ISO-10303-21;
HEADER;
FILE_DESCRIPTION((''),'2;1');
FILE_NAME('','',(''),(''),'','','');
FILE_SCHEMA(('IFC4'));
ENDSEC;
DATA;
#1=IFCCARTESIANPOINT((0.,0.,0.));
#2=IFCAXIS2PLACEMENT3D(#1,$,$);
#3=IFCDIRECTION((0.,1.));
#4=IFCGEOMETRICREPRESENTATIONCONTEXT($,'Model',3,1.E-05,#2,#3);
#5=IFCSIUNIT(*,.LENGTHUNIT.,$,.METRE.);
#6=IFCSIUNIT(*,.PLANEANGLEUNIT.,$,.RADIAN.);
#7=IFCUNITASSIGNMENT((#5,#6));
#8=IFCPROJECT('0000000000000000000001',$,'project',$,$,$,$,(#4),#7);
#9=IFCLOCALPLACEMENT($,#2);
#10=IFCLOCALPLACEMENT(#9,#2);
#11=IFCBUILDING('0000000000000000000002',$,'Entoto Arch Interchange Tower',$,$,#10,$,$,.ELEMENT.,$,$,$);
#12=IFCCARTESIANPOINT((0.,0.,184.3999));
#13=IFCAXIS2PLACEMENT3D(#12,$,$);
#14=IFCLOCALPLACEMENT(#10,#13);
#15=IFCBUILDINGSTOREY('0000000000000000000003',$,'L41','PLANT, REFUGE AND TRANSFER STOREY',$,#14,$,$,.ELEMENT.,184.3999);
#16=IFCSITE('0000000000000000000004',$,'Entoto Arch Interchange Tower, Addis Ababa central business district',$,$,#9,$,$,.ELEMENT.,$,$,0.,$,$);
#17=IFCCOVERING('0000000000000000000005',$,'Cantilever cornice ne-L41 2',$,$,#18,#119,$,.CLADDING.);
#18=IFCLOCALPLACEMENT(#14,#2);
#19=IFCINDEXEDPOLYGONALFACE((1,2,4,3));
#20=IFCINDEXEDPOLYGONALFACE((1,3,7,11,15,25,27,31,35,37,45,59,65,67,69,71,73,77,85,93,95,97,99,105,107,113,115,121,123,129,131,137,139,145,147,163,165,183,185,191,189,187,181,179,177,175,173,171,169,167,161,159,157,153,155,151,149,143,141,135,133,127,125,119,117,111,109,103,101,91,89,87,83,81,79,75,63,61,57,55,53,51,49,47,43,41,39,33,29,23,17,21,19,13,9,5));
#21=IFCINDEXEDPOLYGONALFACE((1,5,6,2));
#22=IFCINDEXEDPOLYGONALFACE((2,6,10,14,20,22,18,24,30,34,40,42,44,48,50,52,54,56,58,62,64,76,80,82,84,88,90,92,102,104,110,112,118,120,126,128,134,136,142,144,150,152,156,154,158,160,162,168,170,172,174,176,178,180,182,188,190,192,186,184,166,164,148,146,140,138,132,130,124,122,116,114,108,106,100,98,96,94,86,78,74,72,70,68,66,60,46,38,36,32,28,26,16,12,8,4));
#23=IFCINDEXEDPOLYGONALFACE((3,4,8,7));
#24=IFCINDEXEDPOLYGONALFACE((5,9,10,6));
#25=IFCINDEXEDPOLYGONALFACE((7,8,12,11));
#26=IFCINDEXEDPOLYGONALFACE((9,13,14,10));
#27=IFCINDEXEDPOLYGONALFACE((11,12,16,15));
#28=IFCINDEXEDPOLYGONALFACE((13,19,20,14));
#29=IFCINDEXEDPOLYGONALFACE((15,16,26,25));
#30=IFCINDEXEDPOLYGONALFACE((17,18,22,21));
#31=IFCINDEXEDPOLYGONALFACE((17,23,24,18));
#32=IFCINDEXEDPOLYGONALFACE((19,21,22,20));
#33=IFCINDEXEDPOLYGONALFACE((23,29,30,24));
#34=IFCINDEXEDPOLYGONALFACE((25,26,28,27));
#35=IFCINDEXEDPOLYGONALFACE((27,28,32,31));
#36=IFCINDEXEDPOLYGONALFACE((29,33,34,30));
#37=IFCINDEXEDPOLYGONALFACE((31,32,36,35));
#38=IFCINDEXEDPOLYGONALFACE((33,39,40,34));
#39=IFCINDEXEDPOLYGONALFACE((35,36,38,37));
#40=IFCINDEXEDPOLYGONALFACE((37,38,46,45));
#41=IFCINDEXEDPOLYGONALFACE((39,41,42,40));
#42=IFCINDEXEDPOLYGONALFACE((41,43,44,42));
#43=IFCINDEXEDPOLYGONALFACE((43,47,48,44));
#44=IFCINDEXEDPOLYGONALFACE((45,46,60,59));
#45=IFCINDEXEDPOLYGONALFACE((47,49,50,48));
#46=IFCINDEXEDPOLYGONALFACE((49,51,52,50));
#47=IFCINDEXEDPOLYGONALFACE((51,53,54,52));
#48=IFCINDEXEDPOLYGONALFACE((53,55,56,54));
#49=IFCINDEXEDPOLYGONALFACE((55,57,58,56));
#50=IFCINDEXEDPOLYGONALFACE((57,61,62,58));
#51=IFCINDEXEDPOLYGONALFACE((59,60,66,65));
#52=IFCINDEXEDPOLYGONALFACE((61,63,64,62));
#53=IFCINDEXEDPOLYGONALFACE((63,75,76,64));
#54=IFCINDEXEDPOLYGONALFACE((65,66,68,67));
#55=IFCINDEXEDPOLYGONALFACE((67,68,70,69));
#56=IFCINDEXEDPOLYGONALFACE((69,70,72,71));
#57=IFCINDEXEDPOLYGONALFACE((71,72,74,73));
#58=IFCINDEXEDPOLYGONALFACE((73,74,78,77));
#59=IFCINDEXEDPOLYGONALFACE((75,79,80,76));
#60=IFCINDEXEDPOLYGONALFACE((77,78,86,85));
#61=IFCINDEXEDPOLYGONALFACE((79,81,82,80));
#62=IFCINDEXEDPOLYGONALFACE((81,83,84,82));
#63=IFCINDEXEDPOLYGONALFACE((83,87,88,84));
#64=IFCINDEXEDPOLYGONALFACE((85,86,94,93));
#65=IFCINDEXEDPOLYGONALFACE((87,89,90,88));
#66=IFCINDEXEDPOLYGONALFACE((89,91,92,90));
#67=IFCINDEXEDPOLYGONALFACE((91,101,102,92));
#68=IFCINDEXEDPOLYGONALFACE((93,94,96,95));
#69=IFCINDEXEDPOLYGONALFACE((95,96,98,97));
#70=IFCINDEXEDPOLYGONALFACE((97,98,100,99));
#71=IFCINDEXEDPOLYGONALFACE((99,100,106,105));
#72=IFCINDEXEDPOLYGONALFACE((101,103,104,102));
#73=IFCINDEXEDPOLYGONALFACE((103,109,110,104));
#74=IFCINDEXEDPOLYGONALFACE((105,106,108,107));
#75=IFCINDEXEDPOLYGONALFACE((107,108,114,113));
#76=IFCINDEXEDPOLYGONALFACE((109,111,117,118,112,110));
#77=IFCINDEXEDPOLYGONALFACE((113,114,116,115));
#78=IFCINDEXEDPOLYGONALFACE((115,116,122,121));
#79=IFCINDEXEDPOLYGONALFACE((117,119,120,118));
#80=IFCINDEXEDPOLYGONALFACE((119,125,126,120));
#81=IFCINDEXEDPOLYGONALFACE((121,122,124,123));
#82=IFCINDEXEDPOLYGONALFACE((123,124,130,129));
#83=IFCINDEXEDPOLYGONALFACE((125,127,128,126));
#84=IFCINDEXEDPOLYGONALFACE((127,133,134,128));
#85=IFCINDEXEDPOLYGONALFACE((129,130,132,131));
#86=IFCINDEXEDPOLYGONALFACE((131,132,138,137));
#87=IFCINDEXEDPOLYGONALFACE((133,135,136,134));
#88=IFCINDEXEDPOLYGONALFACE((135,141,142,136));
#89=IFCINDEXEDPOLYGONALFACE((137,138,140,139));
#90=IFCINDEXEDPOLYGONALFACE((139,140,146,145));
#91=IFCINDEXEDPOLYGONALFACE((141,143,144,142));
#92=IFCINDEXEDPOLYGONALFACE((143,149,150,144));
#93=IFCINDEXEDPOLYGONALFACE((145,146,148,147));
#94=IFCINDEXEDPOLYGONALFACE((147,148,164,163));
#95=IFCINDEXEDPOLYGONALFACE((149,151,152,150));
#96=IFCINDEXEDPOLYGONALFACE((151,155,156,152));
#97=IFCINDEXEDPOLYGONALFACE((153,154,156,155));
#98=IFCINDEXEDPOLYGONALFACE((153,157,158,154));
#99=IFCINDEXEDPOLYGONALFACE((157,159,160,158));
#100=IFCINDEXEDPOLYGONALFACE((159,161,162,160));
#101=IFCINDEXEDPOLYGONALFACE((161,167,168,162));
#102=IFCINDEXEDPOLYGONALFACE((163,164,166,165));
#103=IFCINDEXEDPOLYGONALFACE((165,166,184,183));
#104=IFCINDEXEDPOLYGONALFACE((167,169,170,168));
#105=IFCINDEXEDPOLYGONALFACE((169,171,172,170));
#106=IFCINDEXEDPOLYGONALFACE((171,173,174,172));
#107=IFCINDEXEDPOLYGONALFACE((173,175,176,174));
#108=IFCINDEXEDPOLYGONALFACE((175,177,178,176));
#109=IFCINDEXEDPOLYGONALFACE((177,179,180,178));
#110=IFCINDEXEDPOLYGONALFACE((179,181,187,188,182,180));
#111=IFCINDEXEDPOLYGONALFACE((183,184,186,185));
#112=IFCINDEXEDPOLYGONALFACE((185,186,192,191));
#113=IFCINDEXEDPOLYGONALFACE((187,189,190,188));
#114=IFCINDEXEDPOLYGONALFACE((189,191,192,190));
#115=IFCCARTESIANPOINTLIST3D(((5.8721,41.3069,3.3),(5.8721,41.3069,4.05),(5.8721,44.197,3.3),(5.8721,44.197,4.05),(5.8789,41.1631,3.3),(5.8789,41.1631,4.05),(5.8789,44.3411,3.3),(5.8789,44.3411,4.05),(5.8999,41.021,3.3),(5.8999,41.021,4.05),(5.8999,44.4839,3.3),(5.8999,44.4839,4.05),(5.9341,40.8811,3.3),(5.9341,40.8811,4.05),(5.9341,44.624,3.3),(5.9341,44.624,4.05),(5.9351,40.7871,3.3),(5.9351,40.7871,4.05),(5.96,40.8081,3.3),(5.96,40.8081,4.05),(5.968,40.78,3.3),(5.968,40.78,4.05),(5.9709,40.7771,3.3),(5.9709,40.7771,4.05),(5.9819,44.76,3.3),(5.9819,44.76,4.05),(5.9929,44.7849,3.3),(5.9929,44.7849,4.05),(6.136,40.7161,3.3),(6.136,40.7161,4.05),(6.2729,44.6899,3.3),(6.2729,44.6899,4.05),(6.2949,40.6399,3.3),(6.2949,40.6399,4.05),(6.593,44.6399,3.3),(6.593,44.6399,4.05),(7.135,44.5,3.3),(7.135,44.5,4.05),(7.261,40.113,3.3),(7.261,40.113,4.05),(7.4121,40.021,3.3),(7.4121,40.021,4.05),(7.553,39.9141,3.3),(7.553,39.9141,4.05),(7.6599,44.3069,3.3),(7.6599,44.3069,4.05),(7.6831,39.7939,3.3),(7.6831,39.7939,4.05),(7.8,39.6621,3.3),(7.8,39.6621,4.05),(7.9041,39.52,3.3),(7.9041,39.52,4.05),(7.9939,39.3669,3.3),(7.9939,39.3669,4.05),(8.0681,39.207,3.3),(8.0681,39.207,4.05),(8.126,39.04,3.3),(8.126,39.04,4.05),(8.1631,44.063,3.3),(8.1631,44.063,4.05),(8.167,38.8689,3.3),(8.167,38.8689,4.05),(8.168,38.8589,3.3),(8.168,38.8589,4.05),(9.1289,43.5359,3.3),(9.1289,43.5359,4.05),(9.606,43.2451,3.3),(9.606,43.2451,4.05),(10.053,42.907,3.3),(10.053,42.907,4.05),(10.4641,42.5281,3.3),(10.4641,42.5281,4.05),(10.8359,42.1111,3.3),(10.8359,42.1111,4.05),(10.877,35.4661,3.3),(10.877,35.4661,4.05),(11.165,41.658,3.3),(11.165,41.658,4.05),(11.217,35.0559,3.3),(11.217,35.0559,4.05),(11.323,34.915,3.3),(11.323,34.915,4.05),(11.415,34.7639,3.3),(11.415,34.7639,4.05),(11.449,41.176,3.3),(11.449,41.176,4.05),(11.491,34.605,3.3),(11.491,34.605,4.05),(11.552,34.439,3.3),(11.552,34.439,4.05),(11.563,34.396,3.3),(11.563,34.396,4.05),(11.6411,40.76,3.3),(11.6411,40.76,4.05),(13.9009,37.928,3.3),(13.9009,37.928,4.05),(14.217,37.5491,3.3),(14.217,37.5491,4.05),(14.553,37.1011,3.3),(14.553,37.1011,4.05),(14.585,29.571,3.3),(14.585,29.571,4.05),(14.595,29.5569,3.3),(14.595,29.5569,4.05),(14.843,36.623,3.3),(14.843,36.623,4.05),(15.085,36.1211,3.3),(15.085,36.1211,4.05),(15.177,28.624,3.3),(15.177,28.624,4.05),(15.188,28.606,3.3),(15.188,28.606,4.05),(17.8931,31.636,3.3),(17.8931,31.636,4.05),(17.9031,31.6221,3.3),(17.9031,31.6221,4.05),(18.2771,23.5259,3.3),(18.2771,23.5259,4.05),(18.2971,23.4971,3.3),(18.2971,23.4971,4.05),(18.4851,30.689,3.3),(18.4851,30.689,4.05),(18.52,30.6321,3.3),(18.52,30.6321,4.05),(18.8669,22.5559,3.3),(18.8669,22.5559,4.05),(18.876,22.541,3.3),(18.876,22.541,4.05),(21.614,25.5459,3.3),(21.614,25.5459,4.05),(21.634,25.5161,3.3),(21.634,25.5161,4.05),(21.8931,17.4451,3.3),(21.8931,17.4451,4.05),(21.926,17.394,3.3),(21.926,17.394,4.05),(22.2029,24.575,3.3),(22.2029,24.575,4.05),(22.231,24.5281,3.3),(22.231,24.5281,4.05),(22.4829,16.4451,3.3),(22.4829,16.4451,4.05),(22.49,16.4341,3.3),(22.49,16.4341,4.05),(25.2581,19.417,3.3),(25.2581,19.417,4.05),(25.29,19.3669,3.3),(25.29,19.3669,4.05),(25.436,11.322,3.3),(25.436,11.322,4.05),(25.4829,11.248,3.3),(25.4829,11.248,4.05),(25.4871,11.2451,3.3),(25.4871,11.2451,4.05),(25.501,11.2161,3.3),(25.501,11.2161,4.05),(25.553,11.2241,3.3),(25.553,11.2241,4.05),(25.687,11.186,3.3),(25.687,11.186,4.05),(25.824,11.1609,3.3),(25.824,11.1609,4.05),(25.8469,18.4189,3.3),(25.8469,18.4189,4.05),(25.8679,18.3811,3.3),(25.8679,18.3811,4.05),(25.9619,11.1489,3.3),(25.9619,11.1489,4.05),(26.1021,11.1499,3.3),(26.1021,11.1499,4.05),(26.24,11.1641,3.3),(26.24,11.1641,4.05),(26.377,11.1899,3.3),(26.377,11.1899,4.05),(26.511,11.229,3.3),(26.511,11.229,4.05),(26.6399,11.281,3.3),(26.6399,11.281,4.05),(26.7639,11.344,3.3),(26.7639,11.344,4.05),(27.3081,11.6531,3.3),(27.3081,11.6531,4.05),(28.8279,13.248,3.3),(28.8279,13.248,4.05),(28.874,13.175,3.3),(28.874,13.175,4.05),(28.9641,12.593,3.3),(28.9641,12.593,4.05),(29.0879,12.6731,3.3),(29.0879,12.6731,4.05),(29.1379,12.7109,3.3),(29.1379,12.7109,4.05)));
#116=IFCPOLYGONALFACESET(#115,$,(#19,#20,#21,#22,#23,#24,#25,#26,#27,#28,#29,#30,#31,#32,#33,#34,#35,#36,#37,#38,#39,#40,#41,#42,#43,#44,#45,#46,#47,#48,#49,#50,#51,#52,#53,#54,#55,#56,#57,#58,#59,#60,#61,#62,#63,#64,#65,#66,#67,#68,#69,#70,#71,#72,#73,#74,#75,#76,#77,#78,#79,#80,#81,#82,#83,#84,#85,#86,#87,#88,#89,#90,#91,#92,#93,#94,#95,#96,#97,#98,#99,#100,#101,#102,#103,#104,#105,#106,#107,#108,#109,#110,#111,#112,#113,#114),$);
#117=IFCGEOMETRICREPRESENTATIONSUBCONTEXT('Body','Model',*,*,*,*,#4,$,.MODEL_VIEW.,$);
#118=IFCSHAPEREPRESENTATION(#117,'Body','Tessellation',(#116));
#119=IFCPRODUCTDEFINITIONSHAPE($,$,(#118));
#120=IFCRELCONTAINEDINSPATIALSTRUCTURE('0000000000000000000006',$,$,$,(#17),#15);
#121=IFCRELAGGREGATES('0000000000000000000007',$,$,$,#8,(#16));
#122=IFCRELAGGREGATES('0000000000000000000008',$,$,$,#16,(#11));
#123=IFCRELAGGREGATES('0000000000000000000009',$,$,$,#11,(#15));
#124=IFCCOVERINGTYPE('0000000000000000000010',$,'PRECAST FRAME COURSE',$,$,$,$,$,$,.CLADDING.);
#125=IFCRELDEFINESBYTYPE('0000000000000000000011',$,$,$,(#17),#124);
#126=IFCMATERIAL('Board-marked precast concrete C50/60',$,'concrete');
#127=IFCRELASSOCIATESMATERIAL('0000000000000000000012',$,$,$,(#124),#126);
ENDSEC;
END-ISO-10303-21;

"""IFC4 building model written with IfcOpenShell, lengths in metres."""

from ifc_helpers import new_model, si_unit, direction, frame, origin, place, context, subcontext, project, spatial, polyline, outline, extrude, material, type_object, element, save


model = new_model("IFC4")

# Units and contexts
model_context = context("Model", 3, precision=1e-05, world=origin(), true_north=direction((0.0, 1.0)))
body_context = subcontext(model_context, "Body", "Model", "MODEL_VIEW")
ifc_project = project(units=[si_unit("LENGTHUNIT", "METRE"), si_unit("PLANEANGLEUNIT", "RADIAN")], contexts=[model_context])

# Site, building, storey
site_placement = place(None, origin())
site = spatial("IfcSite", under=ifc_project, at=site_placement, Name="Entoto Arch Interchange Tower, Addis Ababa central business district", CompositionType="ELEMENT", RefElevation=0.0)
building_placement = place(site_placement, origin())
building = spatial("IfcBuilding", under=site, at=building_placement, Name="Entoto Arch Interchange Tower", CompositionType="ELEMENT")
storey_placement = place(building_placement, frame((0.0, 0.0, 184.3999)))
storey = spatial("IfcBuildingStorey", under=building, at=storey_placement, Name="L41", Description="PLANT, REFUGE AND TRANSFER STOREY", CompositionType="ELEMENT", Elevation=184.3999)

# Covering
ifc_material_1 = material(Name="Board-marked precast concrete C50/60", Category="concrete")
covering_type_1 = type_object("IfcCoveringType", Name="PRECAST FRAME COURSE", PredefinedType="CLADDING", material=ifc_material_1)
covering_1_placement = place(storey_placement, frame((0.0, 0.0, 3.3)))
element("IfcCovering", 1, at=covering_1_placement, inside=storey, type_object=covering_type_1, Name="Cantilever cornice ne-L41 2", PredefinedType="CLADDING", context=body_context, shape_type="SweptSolid", body=[
    extrude(outline(polyline([(5.9341, 40.8811), (5.8999, 41.021), (5.8789, 41.1631), (5.8721, 41.3069), (5.8721, 44.197), (5.8789, 44.3411), (5.8999, 44.4839), (5.9341, 44.624), (5.9819, 44.76), (5.9929, 44.7849), (6.2729, 44.6899), (6.593, 44.6399), (7.135, 44.5), (7.6599, 44.3069), (8.1631, 44.063), (9.1289, 43.5359), (9.606, 43.2451), (10.053, 42.907), (10.4641, 42.5281), (10.8359, 42.1111), (11.165, 41.658), (11.449, 41.176), (11.6411, 40.76), (13.9009, 37.928), (14.217, 37.5491), (14.553, 37.1011), (14.843, 36.623), (15.085, 36.1211), (17.8931, 31.636), (17.9031, 31.6221), (18.4851, 30.689), (18.52, 30.6321), (21.614, 25.5459), (21.634, 25.5161), (22.2029, 24.575), (22.231, 24.5281), (25.2581, 19.417), (25.29, 19.3669), (25.8469, 18.4189), (25.8679, 18.3811), (28.8279, 13.248), (28.874, 13.175), (29.1379, 12.7109), (29.0879, 12.6731), (28.9641, 12.593), (27.3081, 11.6531), (26.7639, 11.344), (26.6399, 11.281), (26.511, 11.229), (26.377, 11.1899), (26.24, 11.1641), (26.1021, 11.1499), (25.9619, 11.1489), (25.824, 11.1609), (25.687, 11.186), (25.553, 11.2241), (25.4871, 11.2451), (25.501, 11.2161), (25.4829, 11.248), (25.436, 11.322), (22.49, 16.4341), (22.4829, 16.4451), (21.926, 17.394), (21.8931, 17.4451), (18.876, 22.541), (18.8669, 22.5559), (18.2971, 23.4971), (18.2771, 23.5259), (15.188, 28.606), (15.177, 28.624), (14.595, 29.5569), (14.585, 29.571), (11.563, 34.396), (11.552, 34.439), (11.491, 34.605), (11.415, 34.7639), (11.323, 34.915), (11.217, 35.0559), (10.877, 35.4661), (8.168, 38.8589), (8.167, 38.8689), (8.126, 39.04), (8.0681, 39.207), (7.9939, 39.3669), (7.9041, 39.52), (7.8, 39.6621), (7.6831, 39.7939), (7.553, 39.9141), (7.4121, 40.021), (7.261, 40.113), (6.2949, 40.6399), (6.136, 40.7161), (5.9709, 40.7771), (5.9351, 40.7871), (5.968, 40.78), (5.96, 40.8081), (5.9341, 40.8811)])), origin(), (0.0, 0.0, 1.0), 0.75),
])

save(model, "model.ifc")
